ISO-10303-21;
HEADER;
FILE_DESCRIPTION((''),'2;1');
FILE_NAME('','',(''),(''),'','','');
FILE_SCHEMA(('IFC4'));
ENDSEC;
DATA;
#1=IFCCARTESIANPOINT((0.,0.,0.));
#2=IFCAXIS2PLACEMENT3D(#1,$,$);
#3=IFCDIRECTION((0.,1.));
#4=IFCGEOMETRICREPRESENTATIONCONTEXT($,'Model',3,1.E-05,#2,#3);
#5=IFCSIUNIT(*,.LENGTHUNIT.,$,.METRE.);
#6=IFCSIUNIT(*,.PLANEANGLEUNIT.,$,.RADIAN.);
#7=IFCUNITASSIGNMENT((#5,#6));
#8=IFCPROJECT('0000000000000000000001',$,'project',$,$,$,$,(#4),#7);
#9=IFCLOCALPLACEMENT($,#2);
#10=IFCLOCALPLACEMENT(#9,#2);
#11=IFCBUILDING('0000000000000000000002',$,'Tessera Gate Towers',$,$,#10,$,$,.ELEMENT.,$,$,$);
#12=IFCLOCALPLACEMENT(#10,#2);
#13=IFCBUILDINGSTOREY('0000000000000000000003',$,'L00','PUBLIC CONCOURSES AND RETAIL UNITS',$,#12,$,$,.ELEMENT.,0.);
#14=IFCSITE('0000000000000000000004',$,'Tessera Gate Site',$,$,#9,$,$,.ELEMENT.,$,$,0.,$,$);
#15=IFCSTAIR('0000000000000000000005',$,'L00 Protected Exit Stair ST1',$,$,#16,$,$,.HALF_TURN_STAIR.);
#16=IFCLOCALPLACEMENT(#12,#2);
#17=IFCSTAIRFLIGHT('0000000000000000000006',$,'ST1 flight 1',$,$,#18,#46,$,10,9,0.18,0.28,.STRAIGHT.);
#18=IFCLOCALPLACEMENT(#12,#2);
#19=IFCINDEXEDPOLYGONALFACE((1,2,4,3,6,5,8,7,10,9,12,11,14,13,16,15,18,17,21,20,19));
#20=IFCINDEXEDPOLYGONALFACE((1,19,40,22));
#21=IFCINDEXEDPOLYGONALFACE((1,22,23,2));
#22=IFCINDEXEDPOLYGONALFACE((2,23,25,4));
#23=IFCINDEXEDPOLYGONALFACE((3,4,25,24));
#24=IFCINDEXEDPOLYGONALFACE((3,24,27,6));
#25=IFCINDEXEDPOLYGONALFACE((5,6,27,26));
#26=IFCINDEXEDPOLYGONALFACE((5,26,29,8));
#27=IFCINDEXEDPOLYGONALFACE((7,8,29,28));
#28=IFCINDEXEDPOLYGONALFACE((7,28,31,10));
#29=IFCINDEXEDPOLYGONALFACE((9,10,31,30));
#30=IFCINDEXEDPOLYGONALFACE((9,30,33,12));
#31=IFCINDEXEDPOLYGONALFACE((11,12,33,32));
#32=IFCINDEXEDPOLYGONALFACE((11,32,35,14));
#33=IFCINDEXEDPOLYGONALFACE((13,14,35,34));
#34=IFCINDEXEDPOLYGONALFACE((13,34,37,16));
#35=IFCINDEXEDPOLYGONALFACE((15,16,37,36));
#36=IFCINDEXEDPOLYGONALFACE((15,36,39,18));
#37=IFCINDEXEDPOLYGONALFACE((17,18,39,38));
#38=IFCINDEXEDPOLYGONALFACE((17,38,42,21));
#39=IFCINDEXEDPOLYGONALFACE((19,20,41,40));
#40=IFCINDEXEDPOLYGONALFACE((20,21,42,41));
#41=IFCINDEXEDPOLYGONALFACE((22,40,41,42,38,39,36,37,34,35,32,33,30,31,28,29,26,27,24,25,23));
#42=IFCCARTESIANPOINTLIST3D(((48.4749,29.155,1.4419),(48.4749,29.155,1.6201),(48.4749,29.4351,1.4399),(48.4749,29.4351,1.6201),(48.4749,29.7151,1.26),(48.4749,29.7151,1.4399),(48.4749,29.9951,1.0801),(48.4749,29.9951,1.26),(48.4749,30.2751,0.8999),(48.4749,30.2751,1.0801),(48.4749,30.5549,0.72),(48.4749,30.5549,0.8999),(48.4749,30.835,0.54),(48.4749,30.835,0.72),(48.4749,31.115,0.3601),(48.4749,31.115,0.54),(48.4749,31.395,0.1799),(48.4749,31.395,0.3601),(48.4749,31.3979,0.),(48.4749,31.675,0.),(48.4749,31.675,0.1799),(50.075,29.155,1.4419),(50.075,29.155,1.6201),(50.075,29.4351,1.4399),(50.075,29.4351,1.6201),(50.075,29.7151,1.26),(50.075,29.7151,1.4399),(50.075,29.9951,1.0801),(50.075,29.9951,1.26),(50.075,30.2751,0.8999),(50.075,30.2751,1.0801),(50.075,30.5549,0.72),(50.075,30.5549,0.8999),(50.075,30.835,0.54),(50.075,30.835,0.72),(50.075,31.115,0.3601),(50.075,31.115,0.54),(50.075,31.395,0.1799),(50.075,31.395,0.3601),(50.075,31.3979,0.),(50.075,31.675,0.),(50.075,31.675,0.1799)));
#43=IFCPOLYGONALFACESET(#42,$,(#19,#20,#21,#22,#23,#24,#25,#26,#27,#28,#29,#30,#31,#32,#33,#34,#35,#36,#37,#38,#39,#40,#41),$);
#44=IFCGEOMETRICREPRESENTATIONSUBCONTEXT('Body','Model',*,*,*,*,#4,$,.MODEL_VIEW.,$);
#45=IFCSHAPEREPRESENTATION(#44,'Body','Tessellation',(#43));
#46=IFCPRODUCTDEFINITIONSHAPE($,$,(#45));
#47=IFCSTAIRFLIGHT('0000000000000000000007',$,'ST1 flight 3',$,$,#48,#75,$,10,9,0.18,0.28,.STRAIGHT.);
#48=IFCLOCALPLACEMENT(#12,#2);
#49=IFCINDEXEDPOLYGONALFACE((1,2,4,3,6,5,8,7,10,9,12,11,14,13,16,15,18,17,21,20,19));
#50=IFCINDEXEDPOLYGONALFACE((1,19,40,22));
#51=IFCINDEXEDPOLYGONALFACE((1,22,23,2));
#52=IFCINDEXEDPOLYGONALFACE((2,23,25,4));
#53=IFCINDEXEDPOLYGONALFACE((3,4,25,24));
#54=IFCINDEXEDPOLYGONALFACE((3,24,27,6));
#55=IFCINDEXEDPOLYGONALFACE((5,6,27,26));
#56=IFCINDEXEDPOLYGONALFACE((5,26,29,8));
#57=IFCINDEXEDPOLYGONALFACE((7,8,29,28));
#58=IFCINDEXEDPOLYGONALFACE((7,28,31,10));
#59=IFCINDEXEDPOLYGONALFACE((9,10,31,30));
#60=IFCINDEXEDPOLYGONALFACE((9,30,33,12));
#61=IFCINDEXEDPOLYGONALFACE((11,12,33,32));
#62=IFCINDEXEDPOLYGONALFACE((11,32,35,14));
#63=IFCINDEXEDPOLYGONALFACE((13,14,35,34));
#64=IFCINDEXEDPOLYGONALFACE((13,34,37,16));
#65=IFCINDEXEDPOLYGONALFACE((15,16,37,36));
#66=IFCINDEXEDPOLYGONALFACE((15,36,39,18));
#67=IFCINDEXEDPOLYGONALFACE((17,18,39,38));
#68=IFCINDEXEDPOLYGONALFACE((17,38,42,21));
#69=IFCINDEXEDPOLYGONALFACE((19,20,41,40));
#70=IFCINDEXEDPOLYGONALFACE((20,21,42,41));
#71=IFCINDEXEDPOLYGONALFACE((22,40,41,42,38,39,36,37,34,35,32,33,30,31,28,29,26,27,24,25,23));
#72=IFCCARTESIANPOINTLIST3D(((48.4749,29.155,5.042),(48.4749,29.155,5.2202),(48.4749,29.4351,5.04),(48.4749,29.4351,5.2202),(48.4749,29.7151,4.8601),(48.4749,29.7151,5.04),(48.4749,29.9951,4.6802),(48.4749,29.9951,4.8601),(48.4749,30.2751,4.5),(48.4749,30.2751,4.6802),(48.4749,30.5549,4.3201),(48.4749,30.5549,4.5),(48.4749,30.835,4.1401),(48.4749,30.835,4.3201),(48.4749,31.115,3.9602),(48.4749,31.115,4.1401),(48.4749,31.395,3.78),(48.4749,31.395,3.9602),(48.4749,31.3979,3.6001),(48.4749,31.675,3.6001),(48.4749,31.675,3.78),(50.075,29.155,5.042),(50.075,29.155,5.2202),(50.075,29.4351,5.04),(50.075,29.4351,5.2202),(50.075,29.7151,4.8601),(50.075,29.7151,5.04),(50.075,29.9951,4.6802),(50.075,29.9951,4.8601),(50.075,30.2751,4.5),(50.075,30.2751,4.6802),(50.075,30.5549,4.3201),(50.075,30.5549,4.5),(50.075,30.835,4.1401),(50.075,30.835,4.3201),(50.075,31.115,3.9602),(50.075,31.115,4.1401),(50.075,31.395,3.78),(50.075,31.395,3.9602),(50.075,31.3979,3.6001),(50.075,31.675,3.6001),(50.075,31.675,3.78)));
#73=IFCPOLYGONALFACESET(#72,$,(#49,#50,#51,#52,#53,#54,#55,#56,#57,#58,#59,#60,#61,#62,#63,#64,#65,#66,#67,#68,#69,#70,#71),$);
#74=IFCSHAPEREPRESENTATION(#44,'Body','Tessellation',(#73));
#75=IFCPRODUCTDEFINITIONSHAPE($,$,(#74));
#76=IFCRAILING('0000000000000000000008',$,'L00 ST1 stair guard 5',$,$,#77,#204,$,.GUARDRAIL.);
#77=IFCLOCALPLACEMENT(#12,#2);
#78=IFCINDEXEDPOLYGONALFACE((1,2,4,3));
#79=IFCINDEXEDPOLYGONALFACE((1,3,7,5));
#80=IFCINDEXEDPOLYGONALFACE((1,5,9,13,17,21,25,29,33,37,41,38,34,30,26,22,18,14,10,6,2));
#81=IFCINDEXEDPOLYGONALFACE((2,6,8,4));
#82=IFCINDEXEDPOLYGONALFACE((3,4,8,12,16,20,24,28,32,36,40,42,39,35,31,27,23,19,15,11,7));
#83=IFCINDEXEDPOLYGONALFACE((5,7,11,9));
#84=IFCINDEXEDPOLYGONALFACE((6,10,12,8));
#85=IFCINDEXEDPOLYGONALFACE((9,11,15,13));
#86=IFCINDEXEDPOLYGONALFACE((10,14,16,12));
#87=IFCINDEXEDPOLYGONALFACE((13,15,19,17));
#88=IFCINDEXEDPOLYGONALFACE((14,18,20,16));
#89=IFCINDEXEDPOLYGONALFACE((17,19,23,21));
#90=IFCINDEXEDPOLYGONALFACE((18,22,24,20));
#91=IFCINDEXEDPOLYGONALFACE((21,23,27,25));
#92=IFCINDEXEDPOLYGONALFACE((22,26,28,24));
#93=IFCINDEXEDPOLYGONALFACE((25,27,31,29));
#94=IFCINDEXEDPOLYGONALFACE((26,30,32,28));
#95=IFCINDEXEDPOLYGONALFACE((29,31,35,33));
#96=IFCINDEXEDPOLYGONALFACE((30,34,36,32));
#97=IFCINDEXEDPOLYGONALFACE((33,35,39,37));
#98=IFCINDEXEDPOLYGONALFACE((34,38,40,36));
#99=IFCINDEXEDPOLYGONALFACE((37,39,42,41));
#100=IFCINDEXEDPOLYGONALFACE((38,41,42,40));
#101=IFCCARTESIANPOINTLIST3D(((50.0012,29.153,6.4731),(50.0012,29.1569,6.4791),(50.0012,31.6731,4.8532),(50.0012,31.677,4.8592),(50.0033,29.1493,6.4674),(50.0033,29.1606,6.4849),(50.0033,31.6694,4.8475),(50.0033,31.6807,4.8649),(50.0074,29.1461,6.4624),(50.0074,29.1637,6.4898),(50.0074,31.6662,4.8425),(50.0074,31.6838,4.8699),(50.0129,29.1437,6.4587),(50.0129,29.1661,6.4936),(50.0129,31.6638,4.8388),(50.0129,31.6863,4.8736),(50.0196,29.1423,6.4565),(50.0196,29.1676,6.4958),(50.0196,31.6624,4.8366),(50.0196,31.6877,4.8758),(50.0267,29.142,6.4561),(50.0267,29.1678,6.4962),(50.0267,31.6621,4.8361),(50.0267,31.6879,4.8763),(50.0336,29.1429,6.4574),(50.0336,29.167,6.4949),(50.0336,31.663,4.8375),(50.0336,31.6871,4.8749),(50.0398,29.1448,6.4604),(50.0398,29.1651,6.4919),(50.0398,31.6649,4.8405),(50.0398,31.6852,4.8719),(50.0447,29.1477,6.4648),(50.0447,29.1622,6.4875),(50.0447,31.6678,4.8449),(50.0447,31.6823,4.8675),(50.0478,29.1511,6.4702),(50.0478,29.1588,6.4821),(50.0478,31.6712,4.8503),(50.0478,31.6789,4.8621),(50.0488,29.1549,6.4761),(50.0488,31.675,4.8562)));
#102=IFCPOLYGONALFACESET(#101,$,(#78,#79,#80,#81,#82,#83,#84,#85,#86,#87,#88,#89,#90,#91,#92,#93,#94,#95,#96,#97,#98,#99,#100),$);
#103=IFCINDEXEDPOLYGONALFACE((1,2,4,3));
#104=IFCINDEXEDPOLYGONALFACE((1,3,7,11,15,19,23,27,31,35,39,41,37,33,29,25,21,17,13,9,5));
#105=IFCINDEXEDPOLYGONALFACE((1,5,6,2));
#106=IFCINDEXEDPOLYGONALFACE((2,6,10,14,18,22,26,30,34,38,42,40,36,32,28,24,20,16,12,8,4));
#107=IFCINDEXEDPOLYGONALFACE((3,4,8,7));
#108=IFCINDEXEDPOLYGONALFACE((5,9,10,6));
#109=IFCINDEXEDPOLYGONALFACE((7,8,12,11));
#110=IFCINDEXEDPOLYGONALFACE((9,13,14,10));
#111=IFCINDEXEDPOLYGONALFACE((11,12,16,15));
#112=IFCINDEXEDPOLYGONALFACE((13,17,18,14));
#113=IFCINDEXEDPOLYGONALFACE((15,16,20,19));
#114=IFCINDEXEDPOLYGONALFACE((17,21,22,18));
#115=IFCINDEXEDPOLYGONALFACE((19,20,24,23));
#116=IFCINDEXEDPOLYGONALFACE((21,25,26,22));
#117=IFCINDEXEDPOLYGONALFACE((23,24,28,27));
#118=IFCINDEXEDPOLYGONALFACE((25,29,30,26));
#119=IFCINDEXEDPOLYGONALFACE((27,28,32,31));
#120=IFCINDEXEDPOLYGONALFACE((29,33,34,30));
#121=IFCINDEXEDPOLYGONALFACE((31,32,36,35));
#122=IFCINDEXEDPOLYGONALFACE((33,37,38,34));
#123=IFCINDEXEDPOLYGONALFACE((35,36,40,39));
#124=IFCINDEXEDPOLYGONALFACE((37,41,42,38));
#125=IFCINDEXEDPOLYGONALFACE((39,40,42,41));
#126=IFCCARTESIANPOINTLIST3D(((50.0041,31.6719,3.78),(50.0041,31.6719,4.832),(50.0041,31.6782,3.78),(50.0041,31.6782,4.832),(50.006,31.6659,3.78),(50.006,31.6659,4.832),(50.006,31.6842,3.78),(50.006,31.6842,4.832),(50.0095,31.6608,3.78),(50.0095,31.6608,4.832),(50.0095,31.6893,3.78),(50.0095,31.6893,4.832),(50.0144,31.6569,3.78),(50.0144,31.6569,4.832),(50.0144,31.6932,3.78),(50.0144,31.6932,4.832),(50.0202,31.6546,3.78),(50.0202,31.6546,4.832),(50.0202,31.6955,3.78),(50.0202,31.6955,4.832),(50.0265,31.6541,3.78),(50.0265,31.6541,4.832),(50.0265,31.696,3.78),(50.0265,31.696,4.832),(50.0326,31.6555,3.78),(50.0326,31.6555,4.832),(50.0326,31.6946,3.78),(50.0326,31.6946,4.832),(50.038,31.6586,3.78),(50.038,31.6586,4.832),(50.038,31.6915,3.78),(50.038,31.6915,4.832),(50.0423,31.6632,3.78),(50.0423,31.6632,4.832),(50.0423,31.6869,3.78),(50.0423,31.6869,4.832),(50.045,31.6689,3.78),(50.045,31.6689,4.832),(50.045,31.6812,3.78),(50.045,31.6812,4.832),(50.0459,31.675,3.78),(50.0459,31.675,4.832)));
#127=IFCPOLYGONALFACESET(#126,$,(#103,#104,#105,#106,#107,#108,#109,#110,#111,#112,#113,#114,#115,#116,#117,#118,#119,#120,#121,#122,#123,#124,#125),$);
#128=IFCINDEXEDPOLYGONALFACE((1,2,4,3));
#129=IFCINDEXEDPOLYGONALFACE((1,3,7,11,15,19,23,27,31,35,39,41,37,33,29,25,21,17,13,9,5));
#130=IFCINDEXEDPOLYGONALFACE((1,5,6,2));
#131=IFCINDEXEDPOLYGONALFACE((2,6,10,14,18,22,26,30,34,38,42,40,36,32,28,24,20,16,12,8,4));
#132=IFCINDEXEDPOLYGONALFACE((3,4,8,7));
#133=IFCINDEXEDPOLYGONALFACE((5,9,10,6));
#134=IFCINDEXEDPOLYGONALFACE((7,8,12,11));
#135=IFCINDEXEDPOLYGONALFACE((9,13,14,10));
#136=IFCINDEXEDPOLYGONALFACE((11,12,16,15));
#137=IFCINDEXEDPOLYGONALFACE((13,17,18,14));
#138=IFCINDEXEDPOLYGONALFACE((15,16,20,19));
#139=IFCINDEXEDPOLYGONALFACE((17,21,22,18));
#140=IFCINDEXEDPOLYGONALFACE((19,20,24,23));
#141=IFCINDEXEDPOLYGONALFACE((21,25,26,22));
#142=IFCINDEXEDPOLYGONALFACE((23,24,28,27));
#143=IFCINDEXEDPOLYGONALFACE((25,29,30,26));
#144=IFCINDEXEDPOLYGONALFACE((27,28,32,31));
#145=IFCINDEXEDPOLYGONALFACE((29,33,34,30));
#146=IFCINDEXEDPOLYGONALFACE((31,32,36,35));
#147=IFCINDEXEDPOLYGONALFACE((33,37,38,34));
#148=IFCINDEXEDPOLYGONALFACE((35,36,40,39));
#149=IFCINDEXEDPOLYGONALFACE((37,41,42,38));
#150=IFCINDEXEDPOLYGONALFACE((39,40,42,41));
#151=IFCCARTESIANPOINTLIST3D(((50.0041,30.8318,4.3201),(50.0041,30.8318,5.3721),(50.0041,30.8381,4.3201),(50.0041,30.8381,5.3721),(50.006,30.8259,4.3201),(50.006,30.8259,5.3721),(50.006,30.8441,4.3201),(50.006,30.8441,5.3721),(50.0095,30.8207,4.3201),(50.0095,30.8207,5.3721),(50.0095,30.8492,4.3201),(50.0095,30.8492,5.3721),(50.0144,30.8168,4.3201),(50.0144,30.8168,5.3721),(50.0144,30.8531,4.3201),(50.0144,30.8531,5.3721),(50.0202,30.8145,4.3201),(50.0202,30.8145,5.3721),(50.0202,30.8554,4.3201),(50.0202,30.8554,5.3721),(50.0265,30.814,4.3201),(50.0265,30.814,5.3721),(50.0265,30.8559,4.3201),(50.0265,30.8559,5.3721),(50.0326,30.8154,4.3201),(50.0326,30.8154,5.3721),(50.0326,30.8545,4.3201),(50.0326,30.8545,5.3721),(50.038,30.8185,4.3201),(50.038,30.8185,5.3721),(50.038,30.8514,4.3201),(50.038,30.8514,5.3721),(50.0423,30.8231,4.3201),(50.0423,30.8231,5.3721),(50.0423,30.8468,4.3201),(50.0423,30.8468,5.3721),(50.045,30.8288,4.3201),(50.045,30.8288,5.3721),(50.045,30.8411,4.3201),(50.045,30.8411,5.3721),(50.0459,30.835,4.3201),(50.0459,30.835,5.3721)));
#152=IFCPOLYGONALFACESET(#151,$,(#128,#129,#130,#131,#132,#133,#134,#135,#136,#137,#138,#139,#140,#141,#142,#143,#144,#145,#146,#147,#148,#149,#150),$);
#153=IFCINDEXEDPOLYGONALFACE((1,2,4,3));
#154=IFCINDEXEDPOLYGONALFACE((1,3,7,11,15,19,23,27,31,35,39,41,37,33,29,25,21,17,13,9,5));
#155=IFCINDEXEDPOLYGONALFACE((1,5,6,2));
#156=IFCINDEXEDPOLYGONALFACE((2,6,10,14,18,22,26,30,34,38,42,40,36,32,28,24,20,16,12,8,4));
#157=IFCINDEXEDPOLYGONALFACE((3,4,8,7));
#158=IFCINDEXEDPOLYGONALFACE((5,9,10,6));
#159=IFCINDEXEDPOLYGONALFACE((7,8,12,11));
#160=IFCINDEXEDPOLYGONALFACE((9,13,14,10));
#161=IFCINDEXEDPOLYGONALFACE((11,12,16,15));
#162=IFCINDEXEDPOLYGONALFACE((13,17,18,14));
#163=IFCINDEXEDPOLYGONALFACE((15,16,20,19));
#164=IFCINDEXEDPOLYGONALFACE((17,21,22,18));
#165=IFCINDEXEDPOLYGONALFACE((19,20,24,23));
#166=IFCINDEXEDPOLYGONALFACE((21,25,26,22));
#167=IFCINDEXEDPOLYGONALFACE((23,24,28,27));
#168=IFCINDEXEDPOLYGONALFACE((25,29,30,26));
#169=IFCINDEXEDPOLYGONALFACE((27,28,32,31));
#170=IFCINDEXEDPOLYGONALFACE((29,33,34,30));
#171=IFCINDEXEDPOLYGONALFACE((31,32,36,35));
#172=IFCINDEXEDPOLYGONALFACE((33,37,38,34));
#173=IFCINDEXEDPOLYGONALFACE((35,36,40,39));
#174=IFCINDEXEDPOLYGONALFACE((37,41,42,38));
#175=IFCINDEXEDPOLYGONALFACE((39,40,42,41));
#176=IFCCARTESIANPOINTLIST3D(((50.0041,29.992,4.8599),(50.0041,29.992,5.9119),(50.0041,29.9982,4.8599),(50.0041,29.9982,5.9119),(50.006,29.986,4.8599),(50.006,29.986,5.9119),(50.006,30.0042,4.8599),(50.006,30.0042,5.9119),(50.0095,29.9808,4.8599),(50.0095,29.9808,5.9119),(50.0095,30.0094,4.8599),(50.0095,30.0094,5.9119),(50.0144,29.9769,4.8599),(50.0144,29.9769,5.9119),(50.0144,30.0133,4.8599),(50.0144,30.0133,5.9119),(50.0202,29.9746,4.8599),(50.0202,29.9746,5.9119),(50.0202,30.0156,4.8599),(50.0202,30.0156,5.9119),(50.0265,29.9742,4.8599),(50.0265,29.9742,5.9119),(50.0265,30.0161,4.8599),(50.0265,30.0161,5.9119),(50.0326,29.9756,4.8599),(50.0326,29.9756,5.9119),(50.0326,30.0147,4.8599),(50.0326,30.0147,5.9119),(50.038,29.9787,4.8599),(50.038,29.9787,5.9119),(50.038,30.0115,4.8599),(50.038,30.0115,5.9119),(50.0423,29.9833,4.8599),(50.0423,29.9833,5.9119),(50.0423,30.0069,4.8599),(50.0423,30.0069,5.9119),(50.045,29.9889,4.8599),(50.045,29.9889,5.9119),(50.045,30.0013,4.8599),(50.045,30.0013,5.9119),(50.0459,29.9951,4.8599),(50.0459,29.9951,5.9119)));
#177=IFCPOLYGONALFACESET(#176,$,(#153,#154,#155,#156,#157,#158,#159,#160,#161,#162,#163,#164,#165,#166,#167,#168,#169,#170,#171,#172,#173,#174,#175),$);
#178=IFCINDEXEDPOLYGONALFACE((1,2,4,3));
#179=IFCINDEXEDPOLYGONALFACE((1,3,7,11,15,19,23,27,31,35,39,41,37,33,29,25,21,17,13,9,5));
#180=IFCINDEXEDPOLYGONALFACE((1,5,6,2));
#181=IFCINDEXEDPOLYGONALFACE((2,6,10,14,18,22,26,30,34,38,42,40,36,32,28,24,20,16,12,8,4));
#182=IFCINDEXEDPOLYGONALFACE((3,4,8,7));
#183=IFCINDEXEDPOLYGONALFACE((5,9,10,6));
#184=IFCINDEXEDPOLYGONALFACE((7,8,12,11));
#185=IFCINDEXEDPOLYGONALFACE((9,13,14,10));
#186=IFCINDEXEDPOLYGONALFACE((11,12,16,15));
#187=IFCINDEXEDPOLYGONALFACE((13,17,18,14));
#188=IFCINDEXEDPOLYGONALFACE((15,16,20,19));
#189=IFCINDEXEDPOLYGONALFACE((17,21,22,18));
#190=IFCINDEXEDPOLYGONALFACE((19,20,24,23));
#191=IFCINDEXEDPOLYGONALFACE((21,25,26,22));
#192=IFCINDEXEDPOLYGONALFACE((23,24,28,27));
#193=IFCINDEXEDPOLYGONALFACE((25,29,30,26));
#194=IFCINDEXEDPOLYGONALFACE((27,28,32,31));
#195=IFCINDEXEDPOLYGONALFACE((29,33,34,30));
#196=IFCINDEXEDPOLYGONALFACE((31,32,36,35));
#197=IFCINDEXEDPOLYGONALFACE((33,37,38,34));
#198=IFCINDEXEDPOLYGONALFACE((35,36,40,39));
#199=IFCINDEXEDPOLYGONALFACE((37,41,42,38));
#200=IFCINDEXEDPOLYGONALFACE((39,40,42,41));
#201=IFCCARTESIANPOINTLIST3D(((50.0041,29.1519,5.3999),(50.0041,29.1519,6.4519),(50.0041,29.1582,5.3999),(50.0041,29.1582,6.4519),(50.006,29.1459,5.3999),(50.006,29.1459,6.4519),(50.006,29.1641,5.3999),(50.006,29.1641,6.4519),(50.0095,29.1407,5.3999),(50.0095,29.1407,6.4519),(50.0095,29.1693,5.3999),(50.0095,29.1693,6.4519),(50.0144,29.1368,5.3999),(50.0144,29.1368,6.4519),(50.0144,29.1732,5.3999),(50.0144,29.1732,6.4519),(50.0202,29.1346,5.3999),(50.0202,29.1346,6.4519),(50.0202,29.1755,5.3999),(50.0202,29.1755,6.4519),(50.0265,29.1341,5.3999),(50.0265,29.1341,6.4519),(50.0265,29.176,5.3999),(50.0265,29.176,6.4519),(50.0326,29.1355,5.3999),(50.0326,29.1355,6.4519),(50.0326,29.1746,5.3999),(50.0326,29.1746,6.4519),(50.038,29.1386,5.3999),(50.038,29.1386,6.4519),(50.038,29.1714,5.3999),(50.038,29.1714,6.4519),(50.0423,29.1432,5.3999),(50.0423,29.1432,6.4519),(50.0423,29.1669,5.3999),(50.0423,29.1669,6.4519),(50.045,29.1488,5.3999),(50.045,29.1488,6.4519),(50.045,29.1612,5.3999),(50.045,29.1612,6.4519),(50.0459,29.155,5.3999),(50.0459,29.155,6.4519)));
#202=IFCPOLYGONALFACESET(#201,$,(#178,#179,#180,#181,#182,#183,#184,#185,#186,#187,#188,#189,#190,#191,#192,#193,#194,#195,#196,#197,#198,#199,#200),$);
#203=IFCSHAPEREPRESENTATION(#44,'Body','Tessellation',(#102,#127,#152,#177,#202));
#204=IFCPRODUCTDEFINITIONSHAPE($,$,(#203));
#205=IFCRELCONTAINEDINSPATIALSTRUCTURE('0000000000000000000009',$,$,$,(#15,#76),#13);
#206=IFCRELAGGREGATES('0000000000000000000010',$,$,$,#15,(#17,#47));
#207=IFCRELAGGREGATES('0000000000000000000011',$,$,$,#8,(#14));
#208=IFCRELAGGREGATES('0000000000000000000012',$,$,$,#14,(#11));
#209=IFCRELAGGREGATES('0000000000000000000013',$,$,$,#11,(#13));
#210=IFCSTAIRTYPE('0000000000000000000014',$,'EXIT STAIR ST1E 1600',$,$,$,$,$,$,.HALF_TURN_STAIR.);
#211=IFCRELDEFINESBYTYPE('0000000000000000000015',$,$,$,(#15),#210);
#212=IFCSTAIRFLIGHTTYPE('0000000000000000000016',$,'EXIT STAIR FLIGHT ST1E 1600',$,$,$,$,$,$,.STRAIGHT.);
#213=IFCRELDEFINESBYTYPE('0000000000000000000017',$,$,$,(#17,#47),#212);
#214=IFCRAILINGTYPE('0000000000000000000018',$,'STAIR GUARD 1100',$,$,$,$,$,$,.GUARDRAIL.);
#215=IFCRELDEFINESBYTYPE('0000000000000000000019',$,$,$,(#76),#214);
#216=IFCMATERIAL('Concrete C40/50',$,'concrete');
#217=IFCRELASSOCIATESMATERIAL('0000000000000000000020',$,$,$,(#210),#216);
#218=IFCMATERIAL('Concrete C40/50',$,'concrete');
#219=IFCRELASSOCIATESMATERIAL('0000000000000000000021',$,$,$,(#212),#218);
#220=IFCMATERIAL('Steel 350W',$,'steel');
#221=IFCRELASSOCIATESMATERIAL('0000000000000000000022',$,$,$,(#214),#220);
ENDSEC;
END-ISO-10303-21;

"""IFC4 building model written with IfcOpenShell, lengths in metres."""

from ifc_helpers import new_model, si_unit, direction, frame, origin, origin_2d, place, context, subcontext, project, spatial, polyline, circle, outline, extrude, material, type_object, element, aggregate, save


model = new_model("IFC4")

# Units and contexts
model_context = context("Model", 3, precision=1e-05, world=origin(), true_north=direction((0.0, 1.0)))
body_context = subcontext(model_context, "Body", "Model", "MODEL_VIEW")
ifc_project = project(units=[si_unit("LENGTHUNIT", "METRE"), si_unit("PLANEANGLEUNIT", "RADIAN")], contexts=[model_context])

# Site, building, storey
site_placement = place(None, origin())
site = spatial("IfcSite", under=ifc_project, at=site_placement, Name="Tessera Gate Site", CompositionType="ELEMENT", RefElevation=0.0)
building_placement = place(site_placement, origin())
building = spatial("IfcBuilding", under=site, at=building_placement, Name="Tessera Gate Towers", CompositionType="ELEMENT")
storey_placement = place(building_placement, origin())
storey = spatial("IfcBuildingStorey", under=building, at=storey_placement, Name="L00", Description="PUBLIC CONCOURSES AND RETAIL UNITS", CompositionType="ELEMENT", Elevation=0.0)

# Stair, stair flights
ifc_material_1 = material(Name="Concrete C40/50", Category="concrete")
stair_type = type_object("IfcStairType", Name="EXIT STAIR ST1E 1600", PredefinedType="HALF_TURN_STAIR", material=ifc_material_1)
stair_placement = place(storey_placement, origin())
stair = element("IfcStair", 1, at=stair_placement, inside=storey, type_object=stair_type, Name="L00 Protected Exit Stair ST1", PredefinedType="HALF_TURN_STAIR")
ifc_material_2 = material(Name="Concrete C40/50", Category="concrete")
stair_flight_type = type_object("IfcStairFlightType", Name="EXIT STAIR FLIGHT ST1E 1600", PredefinedType="STRAIGHT", material=ifc_material_2)
stair_flight_1_placement = place(storey_placement, frame((49.2749, 31.675, 0.0), z_axis=(0.0, 0.0, 1.0), x_axis=(0.0, -1.0, 0.0)))
stair_flight_1 = element("IfcStairFlight", 2, at=stair_flight_1_placement, type_object=stair_flight_type, Name="ST1 flight 1", NumberOfRisers=10, NumberOfTreads=9, PredefinedType="STRAIGHT", RiserHeight=0.18, TreadLength=0.28, context=body_context, shape_type="SweptSolid", body=[
    extrude(outline(polyline([(0.0, 0.0), (0.0, 0.1799), (0.28, 0.1799), (0.28, 0.3601), (0.5601, 0.3601), (0.5601, 0.54), (0.8401, 0.54), (0.8401, 0.72), (1.1201, 0.72), (1.1201, 0.8999), (1.3999, 0.8999), (1.3999, 1.0801), (1.6799, 1.0801), (1.6799, 1.26), (1.96, 1.26), (1.96, 1.4399), (2.24, 1.4399), (2.24, 1.6201), (2.52, 1.6201), (2.52, 1.8), (2.52, 1.4419), (0.2771, 0.0), (0.0, 0.0)])), frame((0.0, 0.8, 0.0), z_axis=(0.0, -1.0, 0.0), x_axis=(1.0, 0.0, 0.0)), (0.0, 0.0, 1.0), 1.6001),
])
stair_flight_2_placement = place(storey_placement, frame((49.2749, 31.675, 3.6001), z_axis=(0.0, 0.0, 1.0), x_axis=(0.0, -1.0, 0.0)))
stair_flight_2 = element("IfcStairFlight", 3, at=stair_flight_2_placement, type_object=stair_flight_type, Name="ST1 flight 3", NumberOfRisers=10, NumberOfTreads=9, PredefinedType="STRAIGHT", RiserHeight=0.18, TreadLength=0.28, context=body_context, shape_type="SweptSolid", body=[
    extrude(outline(polyline([(0.0, 0.0), (0.0, 0.1799), (0.28, 0.1799), (0.28, 0.3601), (0.5601, 0.3601), (0.5601, 0.54), (0.8401, 0.54), (0.8401, 0.72), (1.1201, 0.72), (1.1201, 0.8999), (1.3999, 0.8999), (1.3999, 1.0801), (1.6799, 1.0801), (1.6799, 1.26), (1.96, 1.26), (1.96, 1.4399), (2.24, 1.4399), (2.24, 1.6201), (2.52, 1.6201), (2.52, 1.8), (2.52, 1.4419), (0.2771, 0.0), (0.0, 0.0)])), frame((0.0, 0.8, 0.0), z_axis=(0.0, -1.0, 0.0), x_axis=(1.0, 0.0, 0.0)), (0.0, 0.0, 1.0), 1.6001),
])
aggregate(stair, [stair_flight_1, stair_flight_2])

# Railing
ifc_material_3 = material(Name="Steel 350W", Category="steel")
railing_type_1 = type_object("IfcRailingType", Name="STAIR GUARD 1100", PredefinedType="GUARDRAIL", material=ifc_material_3)
railing_1_placement = place(storey_placement, frame((50.0249, 31.675, 3.78)))
element("IfcRailing", 4, at=railing_1_placement, inside=storey, type_object=railing_type_1, Name="L00 ST1 stair guard 5", PredefinedType="GUARDRAIL", context=body_context, shape_type="SweptSolid", body=[
    extrude(circle(Radius=0.0239, at=origin_2d()), frame((0.0, 0.0, 1.0762), z_axis=(0.0, -0.8412, 0.540725), x_axis=(1.0, 0.0, 0.0)), (0.0, 0.0, 1.0), 2.9958),
    extrude(circle(Radius=0.021, at=origin_2d()), origin(), (0.0, 0.0, 1.0), 1.052),
    extrude(circle(Radius=0.021, at=origin_2d()), frame((0.0, -0.8401, 0.54)), (0.0, 0.0, 1.0), 1.052),
    extrude(circle(Radius=0.021, at=origin_2d()), frame((0.0, -1.6799, 1.0798)), (0.0, 0.0, 1.0), 1.052),
    extrude(circle(Radius=0.021, at=origin_2d()), frame((0.0, -2.52, 1.6199)), (0.0, 0.0, 1.0), 1.052),
])

save(model, "model.ifc")
